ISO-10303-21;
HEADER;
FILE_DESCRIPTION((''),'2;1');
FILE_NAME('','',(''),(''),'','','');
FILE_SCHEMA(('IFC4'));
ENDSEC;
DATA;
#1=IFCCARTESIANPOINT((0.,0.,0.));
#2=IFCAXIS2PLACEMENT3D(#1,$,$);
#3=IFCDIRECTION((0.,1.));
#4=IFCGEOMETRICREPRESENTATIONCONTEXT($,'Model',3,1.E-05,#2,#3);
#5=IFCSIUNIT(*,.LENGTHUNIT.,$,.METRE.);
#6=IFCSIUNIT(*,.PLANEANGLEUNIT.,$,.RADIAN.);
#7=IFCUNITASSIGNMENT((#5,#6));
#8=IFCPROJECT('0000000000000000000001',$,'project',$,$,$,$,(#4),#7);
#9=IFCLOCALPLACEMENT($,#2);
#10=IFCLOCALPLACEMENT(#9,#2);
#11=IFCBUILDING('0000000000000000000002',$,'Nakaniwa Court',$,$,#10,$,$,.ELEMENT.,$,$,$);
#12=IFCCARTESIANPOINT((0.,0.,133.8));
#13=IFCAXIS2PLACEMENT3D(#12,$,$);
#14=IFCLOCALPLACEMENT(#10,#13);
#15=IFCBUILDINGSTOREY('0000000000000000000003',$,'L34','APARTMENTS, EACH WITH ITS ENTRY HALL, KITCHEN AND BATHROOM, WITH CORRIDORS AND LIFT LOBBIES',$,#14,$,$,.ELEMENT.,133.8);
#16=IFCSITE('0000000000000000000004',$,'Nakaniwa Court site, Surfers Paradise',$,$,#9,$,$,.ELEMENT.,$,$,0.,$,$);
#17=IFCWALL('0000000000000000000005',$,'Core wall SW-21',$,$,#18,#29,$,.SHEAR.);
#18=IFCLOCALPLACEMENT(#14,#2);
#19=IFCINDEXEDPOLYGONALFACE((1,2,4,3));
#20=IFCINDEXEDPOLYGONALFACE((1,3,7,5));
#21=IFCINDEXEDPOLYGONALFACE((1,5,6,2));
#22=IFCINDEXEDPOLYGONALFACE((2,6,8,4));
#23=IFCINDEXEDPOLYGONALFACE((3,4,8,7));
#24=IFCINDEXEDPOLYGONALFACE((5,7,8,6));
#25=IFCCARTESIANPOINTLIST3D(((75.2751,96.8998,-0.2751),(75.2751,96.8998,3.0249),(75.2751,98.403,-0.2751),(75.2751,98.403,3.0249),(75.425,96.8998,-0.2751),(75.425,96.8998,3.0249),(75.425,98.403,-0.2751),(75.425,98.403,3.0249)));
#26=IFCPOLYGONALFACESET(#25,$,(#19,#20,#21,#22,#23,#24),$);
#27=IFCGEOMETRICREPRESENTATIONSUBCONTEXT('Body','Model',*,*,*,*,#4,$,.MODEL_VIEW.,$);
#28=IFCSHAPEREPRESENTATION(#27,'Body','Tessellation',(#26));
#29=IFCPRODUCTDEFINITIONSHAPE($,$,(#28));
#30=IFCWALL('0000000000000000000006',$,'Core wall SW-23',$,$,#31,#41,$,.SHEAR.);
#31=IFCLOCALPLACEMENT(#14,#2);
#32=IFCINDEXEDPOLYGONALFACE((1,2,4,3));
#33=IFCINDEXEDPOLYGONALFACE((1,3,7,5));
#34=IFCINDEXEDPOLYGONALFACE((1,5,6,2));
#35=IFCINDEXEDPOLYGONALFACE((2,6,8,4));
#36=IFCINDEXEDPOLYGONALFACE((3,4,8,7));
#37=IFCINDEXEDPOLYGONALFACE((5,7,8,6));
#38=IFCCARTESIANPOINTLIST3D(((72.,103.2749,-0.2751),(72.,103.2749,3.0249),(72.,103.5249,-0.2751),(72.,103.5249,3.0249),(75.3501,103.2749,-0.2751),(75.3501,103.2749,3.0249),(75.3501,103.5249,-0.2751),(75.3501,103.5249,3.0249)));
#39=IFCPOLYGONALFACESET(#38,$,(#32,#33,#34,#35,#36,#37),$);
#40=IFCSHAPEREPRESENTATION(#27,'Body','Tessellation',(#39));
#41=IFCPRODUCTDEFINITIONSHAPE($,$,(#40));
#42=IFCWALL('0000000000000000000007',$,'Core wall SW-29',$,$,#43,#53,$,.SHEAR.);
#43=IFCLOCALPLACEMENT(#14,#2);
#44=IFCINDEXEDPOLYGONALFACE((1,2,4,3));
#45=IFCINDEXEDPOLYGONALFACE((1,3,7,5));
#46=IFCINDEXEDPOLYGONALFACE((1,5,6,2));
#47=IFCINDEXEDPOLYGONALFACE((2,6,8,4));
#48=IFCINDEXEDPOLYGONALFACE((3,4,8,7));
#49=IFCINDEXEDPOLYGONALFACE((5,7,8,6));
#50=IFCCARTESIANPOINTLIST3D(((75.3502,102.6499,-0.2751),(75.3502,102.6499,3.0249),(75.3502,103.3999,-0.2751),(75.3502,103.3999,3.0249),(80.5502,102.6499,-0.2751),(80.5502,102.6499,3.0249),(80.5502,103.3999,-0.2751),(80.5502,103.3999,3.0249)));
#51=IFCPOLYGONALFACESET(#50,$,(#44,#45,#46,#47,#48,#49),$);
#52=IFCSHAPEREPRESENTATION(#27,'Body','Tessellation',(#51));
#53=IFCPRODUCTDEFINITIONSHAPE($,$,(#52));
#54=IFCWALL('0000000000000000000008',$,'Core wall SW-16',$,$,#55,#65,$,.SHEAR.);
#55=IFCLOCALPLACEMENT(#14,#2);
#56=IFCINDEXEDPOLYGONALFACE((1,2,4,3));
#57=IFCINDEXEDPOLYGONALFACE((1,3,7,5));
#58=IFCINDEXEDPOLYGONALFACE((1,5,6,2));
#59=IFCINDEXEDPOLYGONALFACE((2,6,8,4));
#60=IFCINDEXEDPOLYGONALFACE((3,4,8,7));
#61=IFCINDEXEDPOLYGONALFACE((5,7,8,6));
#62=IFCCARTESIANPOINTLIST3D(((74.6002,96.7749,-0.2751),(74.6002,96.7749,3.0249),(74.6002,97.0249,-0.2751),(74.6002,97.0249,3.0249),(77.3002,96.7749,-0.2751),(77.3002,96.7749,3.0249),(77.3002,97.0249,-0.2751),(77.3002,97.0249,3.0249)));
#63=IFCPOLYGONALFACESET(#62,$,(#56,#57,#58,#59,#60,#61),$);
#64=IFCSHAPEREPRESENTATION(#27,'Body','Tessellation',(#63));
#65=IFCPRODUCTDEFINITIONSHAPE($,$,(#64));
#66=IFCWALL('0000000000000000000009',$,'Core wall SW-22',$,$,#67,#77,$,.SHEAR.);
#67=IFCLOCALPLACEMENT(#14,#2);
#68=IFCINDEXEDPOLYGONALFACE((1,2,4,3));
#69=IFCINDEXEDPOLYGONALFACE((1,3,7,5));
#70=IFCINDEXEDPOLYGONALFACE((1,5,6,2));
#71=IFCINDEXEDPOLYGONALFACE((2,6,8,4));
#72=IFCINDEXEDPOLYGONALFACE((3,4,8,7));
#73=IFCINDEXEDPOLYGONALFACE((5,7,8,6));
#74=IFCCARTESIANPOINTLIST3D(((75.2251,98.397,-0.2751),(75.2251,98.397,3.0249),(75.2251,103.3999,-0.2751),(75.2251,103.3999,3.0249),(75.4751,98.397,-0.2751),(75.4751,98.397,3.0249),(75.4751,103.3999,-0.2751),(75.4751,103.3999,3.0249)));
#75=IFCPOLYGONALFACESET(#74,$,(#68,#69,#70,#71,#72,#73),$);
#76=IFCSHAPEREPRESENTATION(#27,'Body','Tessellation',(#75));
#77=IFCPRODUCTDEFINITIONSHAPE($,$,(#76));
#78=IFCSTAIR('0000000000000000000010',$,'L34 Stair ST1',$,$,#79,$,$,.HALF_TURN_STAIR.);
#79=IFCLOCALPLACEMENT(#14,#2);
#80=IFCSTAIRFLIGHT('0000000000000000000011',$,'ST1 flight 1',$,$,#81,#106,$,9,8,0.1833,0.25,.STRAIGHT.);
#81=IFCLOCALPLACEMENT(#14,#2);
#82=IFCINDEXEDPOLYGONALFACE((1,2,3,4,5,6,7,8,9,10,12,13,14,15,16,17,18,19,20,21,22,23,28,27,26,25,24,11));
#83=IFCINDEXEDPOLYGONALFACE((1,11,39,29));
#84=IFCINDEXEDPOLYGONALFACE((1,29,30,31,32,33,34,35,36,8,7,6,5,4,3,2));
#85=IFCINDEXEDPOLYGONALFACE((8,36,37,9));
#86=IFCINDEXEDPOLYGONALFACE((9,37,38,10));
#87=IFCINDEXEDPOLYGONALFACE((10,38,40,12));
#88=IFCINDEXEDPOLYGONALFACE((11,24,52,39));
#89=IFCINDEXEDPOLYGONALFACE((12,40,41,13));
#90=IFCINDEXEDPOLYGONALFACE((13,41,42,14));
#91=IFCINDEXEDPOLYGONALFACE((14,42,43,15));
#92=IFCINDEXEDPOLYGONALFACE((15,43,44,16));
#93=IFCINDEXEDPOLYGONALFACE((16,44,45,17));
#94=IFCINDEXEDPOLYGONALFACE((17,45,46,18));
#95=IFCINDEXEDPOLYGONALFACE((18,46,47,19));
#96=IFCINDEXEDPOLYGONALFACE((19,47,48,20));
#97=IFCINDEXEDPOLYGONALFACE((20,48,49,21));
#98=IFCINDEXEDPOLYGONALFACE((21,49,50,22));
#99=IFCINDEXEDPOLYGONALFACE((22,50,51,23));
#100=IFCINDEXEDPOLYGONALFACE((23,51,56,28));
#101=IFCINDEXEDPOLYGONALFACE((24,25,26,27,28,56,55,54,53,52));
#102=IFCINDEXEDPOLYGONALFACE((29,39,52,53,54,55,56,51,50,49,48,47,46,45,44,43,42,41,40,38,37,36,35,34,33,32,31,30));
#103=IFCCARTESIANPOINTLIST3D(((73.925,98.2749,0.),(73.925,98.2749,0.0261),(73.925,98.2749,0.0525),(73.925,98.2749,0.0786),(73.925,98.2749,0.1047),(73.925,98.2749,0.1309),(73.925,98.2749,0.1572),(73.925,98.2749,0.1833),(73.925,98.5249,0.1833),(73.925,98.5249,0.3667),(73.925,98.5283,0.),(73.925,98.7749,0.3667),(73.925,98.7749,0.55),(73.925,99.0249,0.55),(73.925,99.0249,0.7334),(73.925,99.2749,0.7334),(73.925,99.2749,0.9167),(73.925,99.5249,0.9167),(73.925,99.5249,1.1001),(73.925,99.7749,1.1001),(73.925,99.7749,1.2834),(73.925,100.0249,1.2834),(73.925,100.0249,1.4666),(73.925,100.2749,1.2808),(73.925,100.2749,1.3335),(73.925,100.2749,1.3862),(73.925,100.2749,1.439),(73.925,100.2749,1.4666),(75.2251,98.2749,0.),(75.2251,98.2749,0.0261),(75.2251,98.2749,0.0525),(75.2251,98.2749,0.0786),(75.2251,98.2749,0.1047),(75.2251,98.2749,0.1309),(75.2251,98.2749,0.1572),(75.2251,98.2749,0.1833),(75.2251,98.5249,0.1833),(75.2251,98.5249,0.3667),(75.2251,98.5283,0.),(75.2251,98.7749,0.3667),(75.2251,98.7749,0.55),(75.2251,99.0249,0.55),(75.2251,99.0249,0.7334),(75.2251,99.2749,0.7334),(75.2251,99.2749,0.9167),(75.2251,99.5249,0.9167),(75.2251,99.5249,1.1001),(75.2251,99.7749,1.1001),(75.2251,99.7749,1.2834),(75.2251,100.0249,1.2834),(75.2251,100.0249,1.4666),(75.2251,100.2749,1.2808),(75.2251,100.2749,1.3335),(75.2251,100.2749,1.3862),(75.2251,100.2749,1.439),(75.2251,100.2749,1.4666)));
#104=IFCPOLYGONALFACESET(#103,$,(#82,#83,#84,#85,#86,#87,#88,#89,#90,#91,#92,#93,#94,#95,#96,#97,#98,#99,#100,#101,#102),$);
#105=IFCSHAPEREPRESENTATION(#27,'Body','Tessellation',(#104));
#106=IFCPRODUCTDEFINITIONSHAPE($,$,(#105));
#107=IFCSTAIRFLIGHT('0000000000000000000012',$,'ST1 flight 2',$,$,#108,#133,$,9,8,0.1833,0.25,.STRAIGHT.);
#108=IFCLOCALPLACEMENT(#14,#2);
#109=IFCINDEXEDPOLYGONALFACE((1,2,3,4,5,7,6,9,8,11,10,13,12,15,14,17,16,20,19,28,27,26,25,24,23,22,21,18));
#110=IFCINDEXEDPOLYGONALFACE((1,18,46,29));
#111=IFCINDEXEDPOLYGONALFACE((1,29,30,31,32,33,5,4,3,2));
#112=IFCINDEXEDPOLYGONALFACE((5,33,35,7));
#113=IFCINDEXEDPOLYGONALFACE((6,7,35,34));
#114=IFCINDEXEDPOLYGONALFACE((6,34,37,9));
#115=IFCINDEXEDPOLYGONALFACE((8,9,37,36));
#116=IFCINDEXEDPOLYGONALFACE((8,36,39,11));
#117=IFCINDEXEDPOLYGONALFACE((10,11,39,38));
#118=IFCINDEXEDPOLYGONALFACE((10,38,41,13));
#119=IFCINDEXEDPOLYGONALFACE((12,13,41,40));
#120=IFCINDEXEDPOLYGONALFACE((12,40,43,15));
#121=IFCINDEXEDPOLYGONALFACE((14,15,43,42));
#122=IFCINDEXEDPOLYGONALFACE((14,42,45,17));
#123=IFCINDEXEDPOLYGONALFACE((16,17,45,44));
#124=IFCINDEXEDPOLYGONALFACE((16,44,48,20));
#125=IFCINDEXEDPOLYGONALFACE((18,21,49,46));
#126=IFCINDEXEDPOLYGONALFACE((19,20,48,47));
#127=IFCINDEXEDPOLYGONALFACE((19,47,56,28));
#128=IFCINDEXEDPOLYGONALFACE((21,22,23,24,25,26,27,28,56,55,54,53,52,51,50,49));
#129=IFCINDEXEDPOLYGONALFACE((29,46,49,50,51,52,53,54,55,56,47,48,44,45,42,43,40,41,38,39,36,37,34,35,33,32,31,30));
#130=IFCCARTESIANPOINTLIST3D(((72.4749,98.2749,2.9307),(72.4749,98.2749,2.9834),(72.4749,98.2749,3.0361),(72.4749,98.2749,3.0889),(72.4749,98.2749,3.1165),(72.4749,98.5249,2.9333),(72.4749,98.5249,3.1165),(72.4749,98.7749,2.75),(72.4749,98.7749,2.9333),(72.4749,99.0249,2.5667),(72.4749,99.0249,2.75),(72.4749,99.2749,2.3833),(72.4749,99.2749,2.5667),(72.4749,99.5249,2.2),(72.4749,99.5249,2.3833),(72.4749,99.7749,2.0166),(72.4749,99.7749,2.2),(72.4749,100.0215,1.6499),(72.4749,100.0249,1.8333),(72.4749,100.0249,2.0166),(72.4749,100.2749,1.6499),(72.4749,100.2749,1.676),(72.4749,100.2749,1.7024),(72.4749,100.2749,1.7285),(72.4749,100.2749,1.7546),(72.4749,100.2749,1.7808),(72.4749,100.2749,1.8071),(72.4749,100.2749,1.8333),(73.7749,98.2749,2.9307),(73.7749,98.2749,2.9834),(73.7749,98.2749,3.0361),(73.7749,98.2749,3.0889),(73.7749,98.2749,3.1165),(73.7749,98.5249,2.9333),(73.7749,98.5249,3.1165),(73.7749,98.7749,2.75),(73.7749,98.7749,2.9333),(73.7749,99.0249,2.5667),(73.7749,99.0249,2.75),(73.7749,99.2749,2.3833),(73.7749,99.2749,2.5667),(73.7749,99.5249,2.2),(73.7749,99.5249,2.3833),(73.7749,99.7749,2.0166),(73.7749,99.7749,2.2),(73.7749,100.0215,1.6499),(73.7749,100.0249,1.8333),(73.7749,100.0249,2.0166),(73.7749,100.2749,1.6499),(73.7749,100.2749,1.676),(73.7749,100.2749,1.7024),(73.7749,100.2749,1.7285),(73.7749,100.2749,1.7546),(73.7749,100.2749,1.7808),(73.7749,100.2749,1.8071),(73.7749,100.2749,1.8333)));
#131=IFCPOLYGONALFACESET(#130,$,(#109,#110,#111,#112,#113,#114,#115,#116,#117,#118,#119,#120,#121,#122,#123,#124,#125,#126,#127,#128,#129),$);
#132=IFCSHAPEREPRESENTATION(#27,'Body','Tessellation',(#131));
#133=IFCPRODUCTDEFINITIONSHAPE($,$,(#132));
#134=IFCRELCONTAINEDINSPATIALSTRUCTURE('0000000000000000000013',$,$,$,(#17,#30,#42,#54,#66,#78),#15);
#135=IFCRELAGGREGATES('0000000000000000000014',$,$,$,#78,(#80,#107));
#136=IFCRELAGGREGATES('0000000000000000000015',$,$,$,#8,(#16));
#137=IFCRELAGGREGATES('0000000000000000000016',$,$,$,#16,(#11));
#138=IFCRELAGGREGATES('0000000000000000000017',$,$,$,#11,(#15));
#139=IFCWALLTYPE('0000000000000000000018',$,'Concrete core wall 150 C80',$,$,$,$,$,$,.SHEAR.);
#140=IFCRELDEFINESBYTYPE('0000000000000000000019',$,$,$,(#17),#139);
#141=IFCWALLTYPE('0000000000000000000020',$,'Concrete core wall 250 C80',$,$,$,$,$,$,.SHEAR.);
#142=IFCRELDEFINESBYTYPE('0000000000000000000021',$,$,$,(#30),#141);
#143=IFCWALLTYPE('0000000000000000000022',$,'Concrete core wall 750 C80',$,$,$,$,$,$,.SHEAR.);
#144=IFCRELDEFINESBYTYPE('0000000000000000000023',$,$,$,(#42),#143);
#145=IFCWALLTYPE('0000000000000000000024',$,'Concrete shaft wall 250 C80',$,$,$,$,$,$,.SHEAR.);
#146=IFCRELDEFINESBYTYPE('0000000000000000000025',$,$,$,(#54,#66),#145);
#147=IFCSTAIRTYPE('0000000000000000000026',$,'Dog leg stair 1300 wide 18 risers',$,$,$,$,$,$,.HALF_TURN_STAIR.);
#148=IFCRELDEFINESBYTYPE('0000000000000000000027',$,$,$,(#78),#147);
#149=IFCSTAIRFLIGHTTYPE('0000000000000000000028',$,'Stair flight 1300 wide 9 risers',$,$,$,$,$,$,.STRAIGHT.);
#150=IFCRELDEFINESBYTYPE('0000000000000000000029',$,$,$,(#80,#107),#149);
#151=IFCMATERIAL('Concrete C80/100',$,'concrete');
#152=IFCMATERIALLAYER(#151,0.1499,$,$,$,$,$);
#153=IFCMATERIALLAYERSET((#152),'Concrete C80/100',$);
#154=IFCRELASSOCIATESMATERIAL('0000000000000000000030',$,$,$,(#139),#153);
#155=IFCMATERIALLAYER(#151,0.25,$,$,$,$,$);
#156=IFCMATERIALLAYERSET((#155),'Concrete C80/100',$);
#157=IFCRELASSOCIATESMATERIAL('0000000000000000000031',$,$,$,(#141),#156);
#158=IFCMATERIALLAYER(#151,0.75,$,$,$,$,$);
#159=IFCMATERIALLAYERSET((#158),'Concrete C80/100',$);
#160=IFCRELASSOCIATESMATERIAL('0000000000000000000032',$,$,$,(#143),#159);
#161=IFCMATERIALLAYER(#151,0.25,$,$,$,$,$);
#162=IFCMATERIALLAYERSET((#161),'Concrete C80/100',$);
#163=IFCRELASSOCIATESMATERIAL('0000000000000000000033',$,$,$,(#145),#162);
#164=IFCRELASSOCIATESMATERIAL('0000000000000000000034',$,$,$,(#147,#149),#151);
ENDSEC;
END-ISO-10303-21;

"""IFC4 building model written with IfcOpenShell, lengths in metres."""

from ifc_helpers import new_model, si_unit, direction, frame, frame_2d, origin, place, context, subcontext, project, spatial, polyline, rectangle, outline, extrude, material, layer, layer_set, type_object, element, aggregate, save


model = new_model("IFC4")

# Units and contexts
model_context = context("Model", 3, precision=1e-05, world=origin(), true_north=direction((0.0, 1.0)))
body_context = subcontext(model_context, "Body", "Model", "MODEL_VIEW")
ifc_project = project(units=[si_unit("LENGTHUNIT", "METRE"), si_unit("PLANEANGLEUNIT", "RADIAN")], contexts=[model_context])

# Site, building, storey
site_placement = place(None, origin())
site = spatial("IfcSite", under=ifc_project, at=site_placement, Name="Nakaniwa Court site, Surfers Paradise", CompositionType="ELEMENT", RefElevation=0.0)
building_placement = place(site_placement, origin())
building = spatial("IfcBuilding", under=site, at=building_placement, Name="Nakaniwa Court", CompositionType="ELEMENT")
storey_placement = place(building_placement, frame((0.0, 0.0, 133.8)))
storey = spatial("IfcBuildingStorey", under=building, at=storey_placement, Name="L34", Description="APARTMENTS, EACH WITH ITS ENTRY HALL, KITCHEN AND BATHROOM, WITH CORRIDORS AND LIFT LOBBIES", CompositionType="ELEMENT", Elevation=133.8)

# Shared definitions
ifc_material_1 = material(Name="Concrete C80/100", Category="concrete")

# Shared definitions
ifc_layer_1 = layer(ifc_material_1, 0.1499)
ifc_layer_set_1 = layer_set([ifc_layer_1], Name="Concrete C80/100")
wall_type_1 = type_object("IfcWallType", Name="Concrete core wall 150 C80", PredefinedType="SHEAR", material=ifc_layer_set_1)

# Walls
wall_1_placement = place(storey_placement, frame((75.3501, 96.8999, -0.2751), z_axis=(0.0, 0.0, 1.0), x_axis=(0.0, 1.0, 0.0)))
element("IfcWall", 1, at=wall_1_placement, inside=storey, type_object=wall_type_1, Name="Core wall SW-21", PredefinedType="SHEAR", context=body_context, shape_type="SweptSolid", body=[
    extrude(rectangle(XDim=1.5032, YDim=0.1499, at=frame_2d((0.7515, 0.0))), origin(), (0.0, 0.0, 1.0), 3.3),
])
ifc_layer_2 = layer(ifc_material_1, 0.25)
ifc_layer_set_2 = layer_set([ifc_layer_2], Name="Concrete C80/100")
wall_type_2 = type_object("IfcWallType", Name="Concrete core wall 250 C80", PredefinedType="SHEAR", material=ifc_layer_set_2)
wall_2_placement = place(storey_placement, frame((72.0, 103.3999, -0.2751), z_axis=(0.0, 0.0, 1.0), x_axis=(1.0, 0.0, 0.0)))
element("IfcWall", 2, at=wall_2_placement, inside=storey, type_object=wall_type_2, Name="Core wall SW-23", PredefinedType="SHEAR", context=body_context, shape_type="SweptSolid", body=[
    extrude(rectangle(XDim=3.3501, YDim=0.25, at=frame_2d((1.675, 0.0))), origin(), (0.0, 0.0, 1.0), 3.3),
])
ifc_layer_3 = layer(ifc_material_1, 0.75)
ifc_layer_set_3 = layer_set([ifc_layer_3], Name="Concrete C80/100")
wall_type_3 = type_object("IfcWallType", Name="Concrete core wall 750 C80", PredefinedType="SHEAR", material=ifc_layer_set_3)
wall_3_placement = place(storey_placement, frame((75.3501, 103.0249, -0.2751), z_axis=(0.0, 0.0, 1.0), x_axis=(1.0, 0.0, 0.0)))
element("IfcWall", 3, at=wall_3_placement, inside=storey, type_object=wall_type_3, Name="Core wall SW-29", PredefinedType="SHEAR", context=body_context, shape_type="SweptSolid", body=[
    extrude(rectangle(XDim=5.2, YDim=0.75, at=frame_2d((2.6001, 0.0))), origin(), (0.0, 0.0, 1.0), 3.3),
])
ifc_layer_4 = layer(ifc_material_1, 0.25)
ifc_layer_set_4 = layer_set([ifc_layer_4], Name="Concrete C80/100")
wall_type_4 = type_object("IfcWallType", Name="Concrete shaft wall 250 C80", PredefinedType="SHEAR", material=ifc_layer_set_4)
wall_4_placement = place(storey_placement, frame((74.6001, 96.8999, -0.2751), z_axis=(0.0, 0.0, 1.0), x_axis=(1.0, 0.0, 0.0)))
element("IfcWall", 4, at=wall_4_placement, inside=storey, type_object=wall_type_4, Name="Core wall SW-16", PredefinedType="SHEAR", context=body_context, shape_type="SweptSolid", body=[
    extrude(rectangle(XDim=2.7, YDim=0.25, at=frame_2d((1.3501, 0.0))), origin(), (0.0, 0.0, 1.0), 3.3),
])
wall_5_placement = place(storey_placement, frame((75.3501, 98.397, -0.2751), z_axis=(0.0, 0.0, 1.0), x_axis=(0.0, 1.0, 0.0)))
element("IfcWall", 5, at=wall_5_placement, inside=storey, type_object=wall_type_4, Name="Core wall SW-22", PredefinedType="SHEAR", context=body_context, shape_type="SweptSolid", body=[
    extrude(rectangle(XDim=5.0029, YDim=0.25, at=frame_2d((2.5015, 0.0))), origin(), (0.0, 0.0, 1.0), 3.3),
])

# Stair, stair flights
stair_type = type_object("IfcStairType", Name="Dog leg stair 1300 wide 18 risers", PredefinedType="HALF_TURN_STAIR", material=ifc_material_1)
stair_placement = place(storey_placement, origin())
stair = element("IfcStair", 6, at=stair_placement, inside=storey, type_object=stair_type, Name="L34 Stair ST1", PredefinedType="HALF_TURN_STAIR")
stair_flight_type = type_object("IfcStairFlightType", Name="Stair flight 1300 wide 9 risers", PredefinedType="STRAIGHT", material=ifc_material_1)
stair_flight_1_placement = place(storey_placement, frame((74.575, 98.2749, 0.0), z_axis=(0.0, 0.0, 1.0), x_axis=(0.0, 1.0, 0.0)))
stair_flight_1 = element("IfcStairFlight", 7, at=stair_flight_1_placement, type_object=stair_flight_type, Name="ST1 flight 1", NumberOfRisers=9, NumberOfTreads=8, PredefinedType="STRAIGHT", RiserHeight=0.1833, TreadLength=0.25, context=body_context, shape_type="SweptSolid", body=[
    extrude(outline(polyline([(0.0, 0.0), (0.0, 0.0261), (0.0, 0.0525), (0.0, 0.0786), (0.0, 0.1047), (0.0, 0.1309), (0.0, 0.1572), (0.0, 0.1833), (0.25, 0.1833), (0.25, 0.3667), (0.5, 0.3667), (0.5, 0.55), (0.75, 0.55), (0.75, 0.7334), (1.0, 0.7334), (1.0, 0.9167), (1.25, 0.9167), (1.25, 1.1001), (1.5, 1.1001), (1.5, 1.2834), (1.75, 1.2834), (1.75, 1.4666), (2.0, 1.4666), (2.0, 1.6499), (2.0, 1.5972), (2.0, 1.5444), (2.0, 1.4917), (2.0, 1.439), (2.0, 1.3862), (2.0, 1.3335), (2.0, 1.2808), (0.2534, 0.0), (0.0, 0.0)])), frame((0.0, 0.6499, 0.0), z_axis=(0.0, -1.0, 0.0), x_axis=(1.0, 0.0, 0.0)), (0.0, 0.0, 1.0), 1.3),
])
stair_flight_2_placement = place(storey_placement, frame((73.125, 100.2749, 1.6499), z_axis=(0.0, 0.0, 1.0), x_axis=(0.0, -1.0, 0.0)))
stair_flight_2 = element("IfcStairFlight", 8, at=stair_flight_2_placement, type_object=stair_flight_type, Name="ST1 flight 2", NumberOfRisers=9, NumberOfTreads=8, PredefinedType="STRAIGHT", RiserHeight=0.1833, TreadLength=0.25, context=body_context, shape_type="SweptSolid", body=[
    extrude(outline(polyline([(0.0, 0.0), (0.0, 0.0261), (0.0, 0.0525), (0.0, 0.0786), (0.0, 0.1047), (0.0, 0.1309), (0.0, 0.1572), (0.0, 0.1833), (0.25, 0.1833), (0.25, 0.3667), (0.5, 0.3667), (0.5, 0.55), (0.75, 0.55), (0.75, 0.7334), (1.0, 0.7334), (1.0, 0.9167), (1.25, 0.9167), (1.25, 1.1001), (1.5, 1.1001), (1.5, 1.2834), (1.75, 1.2834), (1.75, 1.4666), (2.0, 1.4666), (2.0, 1.6499), (2.0, 1.5972), (2.0, 1.5444), (2.0, 1.4917), (2.0, 1.439), (2.0, 1.3862), (2.0, 1.3335), (2.0, 1.2808), (0.2534, 0.0), (0.0, 0.0)])), frame((0.0, 0.6499, 0.0), z_axis=(0.0, -1.0, 0.0), x_axis=(1.0, 0.0, 0.0)), (0.0, 0.0, 1.0), 1.3),
])
aggregate(stair, [stair_flight_1, stair_flight_2])

save(model, "model.ifc")
